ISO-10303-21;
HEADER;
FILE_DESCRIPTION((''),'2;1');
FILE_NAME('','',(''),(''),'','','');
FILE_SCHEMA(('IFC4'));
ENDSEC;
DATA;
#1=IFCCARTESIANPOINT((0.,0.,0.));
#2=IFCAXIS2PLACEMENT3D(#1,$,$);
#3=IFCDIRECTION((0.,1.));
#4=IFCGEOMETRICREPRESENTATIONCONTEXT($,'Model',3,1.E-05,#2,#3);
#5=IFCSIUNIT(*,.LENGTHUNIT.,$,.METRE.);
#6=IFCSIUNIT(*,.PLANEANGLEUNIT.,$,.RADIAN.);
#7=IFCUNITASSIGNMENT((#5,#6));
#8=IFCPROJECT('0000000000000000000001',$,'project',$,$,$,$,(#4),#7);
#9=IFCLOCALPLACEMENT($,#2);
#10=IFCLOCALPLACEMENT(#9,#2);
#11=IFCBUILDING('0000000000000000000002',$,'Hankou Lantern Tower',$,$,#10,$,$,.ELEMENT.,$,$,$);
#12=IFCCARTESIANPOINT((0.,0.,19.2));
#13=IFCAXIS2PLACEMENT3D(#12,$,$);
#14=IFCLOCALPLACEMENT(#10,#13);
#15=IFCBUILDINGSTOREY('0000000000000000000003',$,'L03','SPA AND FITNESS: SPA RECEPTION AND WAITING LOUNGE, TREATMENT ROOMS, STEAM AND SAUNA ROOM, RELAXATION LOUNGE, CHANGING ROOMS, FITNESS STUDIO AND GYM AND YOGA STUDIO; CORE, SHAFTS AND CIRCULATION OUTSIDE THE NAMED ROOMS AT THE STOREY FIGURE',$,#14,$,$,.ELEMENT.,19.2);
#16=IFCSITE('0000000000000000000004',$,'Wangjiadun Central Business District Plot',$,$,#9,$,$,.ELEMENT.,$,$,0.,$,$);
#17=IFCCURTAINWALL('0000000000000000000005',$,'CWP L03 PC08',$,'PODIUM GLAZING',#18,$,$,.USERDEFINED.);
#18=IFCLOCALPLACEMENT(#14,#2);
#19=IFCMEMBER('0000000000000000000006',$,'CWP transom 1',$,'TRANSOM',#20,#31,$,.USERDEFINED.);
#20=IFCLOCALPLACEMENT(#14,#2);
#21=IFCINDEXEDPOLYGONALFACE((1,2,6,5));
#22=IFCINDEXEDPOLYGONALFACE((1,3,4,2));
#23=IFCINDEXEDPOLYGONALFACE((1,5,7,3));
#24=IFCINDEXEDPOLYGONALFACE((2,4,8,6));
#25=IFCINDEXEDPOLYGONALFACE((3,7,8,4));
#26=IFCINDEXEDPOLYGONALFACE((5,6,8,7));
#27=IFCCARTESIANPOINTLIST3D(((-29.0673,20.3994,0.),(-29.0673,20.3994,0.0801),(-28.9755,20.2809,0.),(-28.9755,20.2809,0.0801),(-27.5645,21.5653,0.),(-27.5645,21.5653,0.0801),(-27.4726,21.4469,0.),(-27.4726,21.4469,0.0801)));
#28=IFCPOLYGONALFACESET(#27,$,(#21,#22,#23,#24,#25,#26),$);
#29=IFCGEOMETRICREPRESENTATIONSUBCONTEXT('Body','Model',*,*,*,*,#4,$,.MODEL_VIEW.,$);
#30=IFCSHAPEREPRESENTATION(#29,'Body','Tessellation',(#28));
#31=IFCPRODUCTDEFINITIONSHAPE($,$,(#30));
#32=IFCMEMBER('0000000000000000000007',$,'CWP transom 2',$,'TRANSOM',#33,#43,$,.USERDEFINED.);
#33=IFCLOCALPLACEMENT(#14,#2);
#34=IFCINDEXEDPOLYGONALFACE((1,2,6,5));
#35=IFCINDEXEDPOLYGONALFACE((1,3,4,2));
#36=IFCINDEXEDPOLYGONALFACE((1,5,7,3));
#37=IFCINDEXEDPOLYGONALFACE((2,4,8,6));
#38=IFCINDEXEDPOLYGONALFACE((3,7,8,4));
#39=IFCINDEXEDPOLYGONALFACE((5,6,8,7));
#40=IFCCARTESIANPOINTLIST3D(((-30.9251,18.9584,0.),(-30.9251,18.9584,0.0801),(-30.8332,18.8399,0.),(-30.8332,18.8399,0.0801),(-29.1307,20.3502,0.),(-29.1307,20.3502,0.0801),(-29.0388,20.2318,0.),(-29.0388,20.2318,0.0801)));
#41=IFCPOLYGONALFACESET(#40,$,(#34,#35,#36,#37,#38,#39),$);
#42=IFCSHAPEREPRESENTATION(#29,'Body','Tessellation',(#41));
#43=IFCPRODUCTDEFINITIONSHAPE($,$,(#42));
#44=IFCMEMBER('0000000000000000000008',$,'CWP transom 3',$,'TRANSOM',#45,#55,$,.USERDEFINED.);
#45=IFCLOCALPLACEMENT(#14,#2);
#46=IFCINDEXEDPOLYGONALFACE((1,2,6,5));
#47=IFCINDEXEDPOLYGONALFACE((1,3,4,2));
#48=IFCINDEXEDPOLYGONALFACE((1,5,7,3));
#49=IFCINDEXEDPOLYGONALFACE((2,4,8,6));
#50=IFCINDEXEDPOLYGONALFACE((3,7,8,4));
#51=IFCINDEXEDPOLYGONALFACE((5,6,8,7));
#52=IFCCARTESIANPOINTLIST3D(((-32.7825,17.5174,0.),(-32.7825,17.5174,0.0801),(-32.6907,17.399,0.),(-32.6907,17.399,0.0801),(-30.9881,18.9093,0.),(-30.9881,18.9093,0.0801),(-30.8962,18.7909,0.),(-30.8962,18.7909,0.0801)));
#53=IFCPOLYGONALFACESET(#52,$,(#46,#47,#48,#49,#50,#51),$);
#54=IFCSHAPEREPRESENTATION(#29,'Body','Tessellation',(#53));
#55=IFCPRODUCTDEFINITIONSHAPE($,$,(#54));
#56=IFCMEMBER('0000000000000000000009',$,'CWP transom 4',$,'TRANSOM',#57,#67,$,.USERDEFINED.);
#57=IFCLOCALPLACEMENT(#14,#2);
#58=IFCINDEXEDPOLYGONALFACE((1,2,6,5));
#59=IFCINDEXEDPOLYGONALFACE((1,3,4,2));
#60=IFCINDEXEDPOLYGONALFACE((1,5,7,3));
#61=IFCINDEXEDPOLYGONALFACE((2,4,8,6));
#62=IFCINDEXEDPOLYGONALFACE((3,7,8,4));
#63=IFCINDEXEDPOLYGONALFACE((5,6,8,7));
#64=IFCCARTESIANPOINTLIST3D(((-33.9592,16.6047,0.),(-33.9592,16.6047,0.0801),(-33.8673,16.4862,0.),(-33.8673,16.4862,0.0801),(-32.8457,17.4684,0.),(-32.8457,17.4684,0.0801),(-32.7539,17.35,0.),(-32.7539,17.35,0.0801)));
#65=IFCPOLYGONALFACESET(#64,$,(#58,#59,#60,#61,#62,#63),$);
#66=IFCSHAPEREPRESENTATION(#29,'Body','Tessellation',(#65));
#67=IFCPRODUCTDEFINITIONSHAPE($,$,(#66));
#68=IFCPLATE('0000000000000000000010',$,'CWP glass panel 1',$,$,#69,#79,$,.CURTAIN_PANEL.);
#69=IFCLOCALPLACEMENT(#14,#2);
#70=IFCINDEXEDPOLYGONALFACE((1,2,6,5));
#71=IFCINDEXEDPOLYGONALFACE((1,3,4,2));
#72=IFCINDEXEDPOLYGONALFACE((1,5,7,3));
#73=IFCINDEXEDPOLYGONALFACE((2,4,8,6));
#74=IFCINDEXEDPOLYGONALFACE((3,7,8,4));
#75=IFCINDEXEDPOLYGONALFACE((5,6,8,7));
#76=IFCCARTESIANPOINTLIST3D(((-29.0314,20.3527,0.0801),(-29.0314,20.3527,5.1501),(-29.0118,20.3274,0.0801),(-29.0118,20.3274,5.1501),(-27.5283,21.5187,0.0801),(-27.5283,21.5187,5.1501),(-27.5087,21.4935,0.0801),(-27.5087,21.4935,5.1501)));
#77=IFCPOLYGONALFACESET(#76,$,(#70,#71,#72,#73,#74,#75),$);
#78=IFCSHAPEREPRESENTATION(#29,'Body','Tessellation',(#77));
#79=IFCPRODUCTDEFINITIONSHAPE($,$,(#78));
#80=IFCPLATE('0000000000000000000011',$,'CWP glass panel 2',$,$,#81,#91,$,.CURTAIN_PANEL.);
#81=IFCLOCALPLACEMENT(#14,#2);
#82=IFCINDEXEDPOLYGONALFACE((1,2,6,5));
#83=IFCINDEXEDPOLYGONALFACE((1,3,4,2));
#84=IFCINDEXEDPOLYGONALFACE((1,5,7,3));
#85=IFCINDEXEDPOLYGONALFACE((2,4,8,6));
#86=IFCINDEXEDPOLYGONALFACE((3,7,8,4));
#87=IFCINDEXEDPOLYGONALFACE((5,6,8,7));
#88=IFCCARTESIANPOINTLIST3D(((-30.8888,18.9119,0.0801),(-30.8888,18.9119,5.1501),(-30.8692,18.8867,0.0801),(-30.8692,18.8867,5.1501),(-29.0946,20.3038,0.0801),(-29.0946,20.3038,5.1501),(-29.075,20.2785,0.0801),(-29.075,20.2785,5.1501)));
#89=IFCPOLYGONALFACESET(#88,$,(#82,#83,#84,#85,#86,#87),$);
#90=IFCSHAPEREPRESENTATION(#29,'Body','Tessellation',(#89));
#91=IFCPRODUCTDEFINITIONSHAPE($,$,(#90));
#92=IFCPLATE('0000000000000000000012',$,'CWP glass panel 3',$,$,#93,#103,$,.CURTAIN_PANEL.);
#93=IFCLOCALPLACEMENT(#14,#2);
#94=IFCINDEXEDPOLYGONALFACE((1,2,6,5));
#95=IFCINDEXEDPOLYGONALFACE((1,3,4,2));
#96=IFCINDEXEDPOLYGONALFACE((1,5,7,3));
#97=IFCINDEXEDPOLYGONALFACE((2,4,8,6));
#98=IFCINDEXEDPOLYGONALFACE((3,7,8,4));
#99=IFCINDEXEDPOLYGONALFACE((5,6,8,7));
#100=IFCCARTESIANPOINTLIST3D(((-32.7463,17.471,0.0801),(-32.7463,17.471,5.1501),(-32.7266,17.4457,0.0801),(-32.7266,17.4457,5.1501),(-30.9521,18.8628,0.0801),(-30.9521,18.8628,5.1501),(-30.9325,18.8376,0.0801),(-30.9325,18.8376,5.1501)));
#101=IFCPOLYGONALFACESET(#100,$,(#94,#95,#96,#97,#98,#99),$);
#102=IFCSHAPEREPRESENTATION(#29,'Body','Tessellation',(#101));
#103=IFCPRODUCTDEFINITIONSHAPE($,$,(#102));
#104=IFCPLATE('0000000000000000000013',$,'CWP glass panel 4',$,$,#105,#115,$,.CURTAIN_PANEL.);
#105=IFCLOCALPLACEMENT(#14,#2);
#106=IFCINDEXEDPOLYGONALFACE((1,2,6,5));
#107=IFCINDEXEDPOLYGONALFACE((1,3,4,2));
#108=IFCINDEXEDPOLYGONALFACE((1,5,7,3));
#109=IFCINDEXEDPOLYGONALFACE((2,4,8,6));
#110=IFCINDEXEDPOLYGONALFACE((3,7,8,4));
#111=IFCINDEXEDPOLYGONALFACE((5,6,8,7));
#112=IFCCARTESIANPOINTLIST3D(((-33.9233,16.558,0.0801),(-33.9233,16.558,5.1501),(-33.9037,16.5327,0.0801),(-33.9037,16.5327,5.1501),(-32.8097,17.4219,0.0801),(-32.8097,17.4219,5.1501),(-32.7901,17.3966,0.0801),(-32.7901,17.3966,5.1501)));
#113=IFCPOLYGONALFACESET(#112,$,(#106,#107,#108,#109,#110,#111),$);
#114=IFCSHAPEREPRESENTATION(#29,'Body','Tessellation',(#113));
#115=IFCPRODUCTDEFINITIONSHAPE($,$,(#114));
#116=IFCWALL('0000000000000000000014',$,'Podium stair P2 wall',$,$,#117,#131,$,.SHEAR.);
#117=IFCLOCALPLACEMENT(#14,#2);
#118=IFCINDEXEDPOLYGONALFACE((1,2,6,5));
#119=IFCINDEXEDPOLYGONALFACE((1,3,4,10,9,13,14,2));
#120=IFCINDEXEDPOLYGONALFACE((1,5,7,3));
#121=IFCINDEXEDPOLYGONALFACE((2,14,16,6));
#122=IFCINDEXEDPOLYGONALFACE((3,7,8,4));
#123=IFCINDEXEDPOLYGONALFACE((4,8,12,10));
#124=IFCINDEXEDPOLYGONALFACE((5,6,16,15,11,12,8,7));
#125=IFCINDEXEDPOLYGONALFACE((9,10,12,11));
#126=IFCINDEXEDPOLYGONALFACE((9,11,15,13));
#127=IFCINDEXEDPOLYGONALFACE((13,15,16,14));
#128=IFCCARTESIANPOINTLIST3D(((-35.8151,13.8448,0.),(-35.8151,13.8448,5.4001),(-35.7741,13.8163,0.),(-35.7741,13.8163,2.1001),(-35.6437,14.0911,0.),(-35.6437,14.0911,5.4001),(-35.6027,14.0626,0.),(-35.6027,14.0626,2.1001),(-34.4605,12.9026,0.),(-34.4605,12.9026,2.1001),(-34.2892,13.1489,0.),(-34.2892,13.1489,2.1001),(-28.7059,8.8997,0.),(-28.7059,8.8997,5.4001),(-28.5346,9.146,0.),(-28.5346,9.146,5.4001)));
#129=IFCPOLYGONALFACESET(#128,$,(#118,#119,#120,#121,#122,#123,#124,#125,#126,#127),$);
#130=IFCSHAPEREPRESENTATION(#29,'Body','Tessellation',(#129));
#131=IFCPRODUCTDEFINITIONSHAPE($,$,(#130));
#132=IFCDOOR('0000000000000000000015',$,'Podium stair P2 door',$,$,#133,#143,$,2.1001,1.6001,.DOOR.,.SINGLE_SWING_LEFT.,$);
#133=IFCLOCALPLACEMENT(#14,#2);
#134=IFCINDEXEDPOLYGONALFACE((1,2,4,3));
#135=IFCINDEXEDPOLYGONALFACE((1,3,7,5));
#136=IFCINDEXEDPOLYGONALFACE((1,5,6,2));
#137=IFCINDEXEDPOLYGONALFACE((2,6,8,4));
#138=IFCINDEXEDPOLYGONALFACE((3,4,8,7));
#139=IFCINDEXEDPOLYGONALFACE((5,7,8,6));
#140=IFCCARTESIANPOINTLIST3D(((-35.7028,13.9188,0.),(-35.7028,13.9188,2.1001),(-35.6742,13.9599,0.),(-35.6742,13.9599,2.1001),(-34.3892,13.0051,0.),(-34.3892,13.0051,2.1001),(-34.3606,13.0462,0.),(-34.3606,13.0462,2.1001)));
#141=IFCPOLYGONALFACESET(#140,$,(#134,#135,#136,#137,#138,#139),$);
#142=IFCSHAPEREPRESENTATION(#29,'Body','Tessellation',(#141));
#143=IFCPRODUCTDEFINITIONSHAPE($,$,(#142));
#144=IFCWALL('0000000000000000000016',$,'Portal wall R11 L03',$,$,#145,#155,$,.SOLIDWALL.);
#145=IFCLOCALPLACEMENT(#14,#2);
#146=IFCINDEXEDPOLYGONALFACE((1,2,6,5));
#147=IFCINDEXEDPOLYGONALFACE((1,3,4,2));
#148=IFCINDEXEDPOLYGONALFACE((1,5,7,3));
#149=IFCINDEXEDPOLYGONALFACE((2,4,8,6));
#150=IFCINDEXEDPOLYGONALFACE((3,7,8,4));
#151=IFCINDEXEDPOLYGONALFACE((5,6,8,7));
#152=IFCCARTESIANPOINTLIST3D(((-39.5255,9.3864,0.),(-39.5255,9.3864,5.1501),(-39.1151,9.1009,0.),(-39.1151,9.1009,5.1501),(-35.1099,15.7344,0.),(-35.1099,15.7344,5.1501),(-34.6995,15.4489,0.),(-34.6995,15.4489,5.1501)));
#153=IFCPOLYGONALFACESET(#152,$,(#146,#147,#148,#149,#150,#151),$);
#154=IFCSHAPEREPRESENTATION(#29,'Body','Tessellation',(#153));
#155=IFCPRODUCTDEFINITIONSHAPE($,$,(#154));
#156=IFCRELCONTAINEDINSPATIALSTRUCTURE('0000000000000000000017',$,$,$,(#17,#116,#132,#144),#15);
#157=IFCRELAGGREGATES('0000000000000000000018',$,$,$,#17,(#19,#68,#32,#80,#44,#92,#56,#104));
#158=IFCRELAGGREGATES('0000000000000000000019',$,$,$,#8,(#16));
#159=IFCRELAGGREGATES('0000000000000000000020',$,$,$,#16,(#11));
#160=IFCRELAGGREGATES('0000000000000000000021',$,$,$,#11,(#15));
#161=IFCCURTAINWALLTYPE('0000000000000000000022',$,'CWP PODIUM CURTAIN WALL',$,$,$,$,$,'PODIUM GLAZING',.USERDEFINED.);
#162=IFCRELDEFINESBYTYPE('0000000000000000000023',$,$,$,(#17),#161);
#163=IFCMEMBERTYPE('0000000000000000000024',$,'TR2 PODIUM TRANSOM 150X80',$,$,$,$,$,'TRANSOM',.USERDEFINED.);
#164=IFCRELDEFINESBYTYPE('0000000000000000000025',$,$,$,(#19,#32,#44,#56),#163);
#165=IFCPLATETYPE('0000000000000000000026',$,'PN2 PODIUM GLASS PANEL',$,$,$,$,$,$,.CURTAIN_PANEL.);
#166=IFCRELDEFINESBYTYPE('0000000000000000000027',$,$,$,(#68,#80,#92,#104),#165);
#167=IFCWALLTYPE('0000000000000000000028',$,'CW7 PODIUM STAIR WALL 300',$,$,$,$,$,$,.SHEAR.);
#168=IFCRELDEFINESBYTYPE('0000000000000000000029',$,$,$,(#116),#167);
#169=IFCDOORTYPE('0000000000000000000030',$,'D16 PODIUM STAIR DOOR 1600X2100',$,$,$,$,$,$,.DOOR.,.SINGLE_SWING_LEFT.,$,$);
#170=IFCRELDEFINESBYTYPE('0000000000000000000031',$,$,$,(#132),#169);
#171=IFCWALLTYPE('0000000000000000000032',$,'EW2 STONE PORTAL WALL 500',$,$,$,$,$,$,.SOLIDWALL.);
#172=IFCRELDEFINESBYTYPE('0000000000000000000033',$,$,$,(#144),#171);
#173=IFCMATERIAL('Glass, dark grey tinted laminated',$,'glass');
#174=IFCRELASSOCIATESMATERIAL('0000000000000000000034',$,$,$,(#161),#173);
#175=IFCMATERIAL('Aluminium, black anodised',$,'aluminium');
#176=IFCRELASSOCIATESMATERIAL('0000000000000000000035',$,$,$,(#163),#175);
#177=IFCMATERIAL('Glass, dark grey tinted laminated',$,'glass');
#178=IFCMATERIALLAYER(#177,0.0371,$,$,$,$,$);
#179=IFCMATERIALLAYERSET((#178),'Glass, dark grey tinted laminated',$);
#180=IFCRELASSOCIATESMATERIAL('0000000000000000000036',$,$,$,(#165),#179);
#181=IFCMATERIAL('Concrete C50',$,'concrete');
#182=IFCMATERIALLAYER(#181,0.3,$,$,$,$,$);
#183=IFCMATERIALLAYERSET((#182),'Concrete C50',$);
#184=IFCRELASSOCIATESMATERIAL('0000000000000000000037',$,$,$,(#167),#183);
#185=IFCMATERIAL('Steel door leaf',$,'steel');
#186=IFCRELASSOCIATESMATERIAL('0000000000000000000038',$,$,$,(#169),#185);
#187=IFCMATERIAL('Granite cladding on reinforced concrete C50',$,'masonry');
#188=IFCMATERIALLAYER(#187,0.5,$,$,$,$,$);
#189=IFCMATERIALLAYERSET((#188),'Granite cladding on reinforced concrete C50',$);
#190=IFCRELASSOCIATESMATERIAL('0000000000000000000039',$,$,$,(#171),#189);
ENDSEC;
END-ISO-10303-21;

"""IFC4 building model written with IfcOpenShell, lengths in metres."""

from ifc_helpers import new_model, si_unit, direction, frame, frame_2d, origin, origin_2d, place, context, subcontext, project, spatial, rectangle, extrude, material, layer, layer_set, material_profile, profile_set, type_object, element, fill, aggregate, save


model = new_model("IFC4")

# Units and contexts
model_context = context("Model", 3, precision=1e-05, world=origin(), true_north=direction((0.0, 1.0)))
body_context = subcontext(model_context, "Body", "Model", "MODEL_VIEW")
ifc_project = project(units=[si_unit("LENGTHUNIT", "METRE"), si_unit("PLANEANGLEUNIT", "RADIAN")], contexts=[model_context])

# Site, building, storey
site_placement = place(None, origin())
site = spatial("IfcSite", under=ifc_project, at=site_placement, Name="Wangjiadun Central Business District Plot", CompositionType="ELEMENT", RefElevation=0.0)
building_placement = place(site_placement, origin())
building = spatial("IfcBuilding", under=site, at=building_placement, Name="Hankou Lantern Tower", CompositionType="ELEMENT")
storey_placement = place(building_placement, frame((0.0, 0.0, 19.2)))
storey = spatial("IfcBuildingStorey", under=building, at=storey_placement, Name="L03", Description="SPA AND FITNESS: SPA RECEPTION AND WAITING LOUNGE, TREATMENT ROOMS, STEAM AND SAUNA ROOM, RELAXATION LOUNGE, CHANGING ROOMS, FITNESS STUDIO AND GYM AND YOGA STUDIO; CORE, SHAFTS AND CIRCULATION OUTSIDE THE NAMED ROOMS AT THE STOREY FIGURE", CompositionType="ELEMENT", Elevation=19.2)

# Curtain wall
ifc_material_1 = material(Name="Glass, dark grey tinted laminated", Category="glass")
curtain_wall_type = type_object("IfcCurtainWallType", Name="CWP PODIUM CURTAIN WALL", ElementType="PODIUM GLAZING", PredefinedType="USERDEFINED", material=ifc_material_1)
curtain_wall_placement = place(storey_placement, origin())
curtain_wall = element("IfcCurtainWall", 1, at=curtain_wall_placement, inside=storey, type_object=curtain_wall_type, Name="CWP L03 PC08", ObjectType="PODIUM GLAZING", PredefinedType="USERDEFINED")

# Members
ifc_material_2 = material(Name="Aluminium, black anodised", Category="aluminium")
ifc_material_profile_1 = material_profile(ifc_material_2, rectangle(XDim=0.1499, YDim=0.0801, at=origin_2d()), Name="TR2 150X80")
ifc_profile_set_1 = profile_set([ifc_material_profile_1], Name="Aluminium, black anodised")
member_type_1 = type_object("IfcMemberType", Name="TR2 PODIUM TRANSOM 150X80", ElementType="TRANSOM", PredefinedType="USERDEFINED", material=ifc_profile_set_1)
member_1_placement = place(storey_placement, frame((-27.5186, 21.5061, 0.04), z_axis=(-0.790098, -0.612981, 0.0), x_axis=(0.612981, -0.790098, 0.0)))
member_1 = element("IfcMember", 2, at=member_1_placement, type_object=member_type_1, Name="CWP transom 1", ObjectType="TRANSOM", PredefinedType="USERDEFINED", context=body_context, shape_type="SweptSolid", body=[
    extrude(rectangle(XDim=0.1499, YDim=0.0801, at=origin_2d()), origin(), (0.0, 0.0, 1.0), 1.9021),
])
member_2_placement = place(storey_placement, frame((-29.0847, 20.291, 0.04), z_axis=(-0.790168, -0.612891, 0.0), x_axis=(0.612891, -0.790168, 0.0)))
member_2 = element("IfcMember", 3, at=member_2_placement, type_object=member_type_1, Name="CWP transom 2", ObjectType="TRANSOM", PredefinedType="USERDEFINED", context=body_context, shape_type="SweptSolid", body=[
    extrude(rectangle(XDim=0.1499, YDim=0.0801, at=origin_2d()), origin(), (0.0, 0.0, 1.0), 2.271),
])
member_3_placement = place(storey_placement, frame((-30.9421, 18.8501, 0.04), z_axis=(-0.790168, -0.612891, 0.0), x_axis=(0.612891, -0.790168, 0.0)))
member_3 = element("IfcMember", 4, at=member_3_placement, type_object=member_type_1, Name="CWP transom 3", ObjectType="TRANSOM", PredefinedType="USERDEFINED", context=body_context, shape_type="SweptSolid", body=[
    extrude(rectangle(XDim=0.1499, YDim=0.0801, at=origin_2d()), origin(), (0.0, 0.0, 1.0), 2.271),
])
member_4_placement = place(storey_placement, frame((-32.7998, 17.4092, 0.04), z_axis=(-0.790144, -0.612921, 0.0), x_axis=(0.612921, -0.790144, 0.0)))
member_4 = element("IfcMember", 5, at=member_4_placement, type_object=member_type_1, Name="CWP transom 4", ObjectType="TRANSOM", PredefinedType="USERDEFINED", context=body_context, shape_type="SweptSolid", body=[
    extrude(rectangle(XDim=0.1499, YDim=0.0801, at=origin_2d()), origin(), (0.0, 0.0, 1.0), 1.4092),
])

# Plates
ifc_material_3 = material(Name="Glass, dark grey tinted laminated", Category="glass")
ifc_layer_1 = layer(ifc_material_3, 0.0371)
ifc_layer_set_1 = layer_set([ifc_layer_1], Name="Glass, dark grey tinted laminated")
plate_type = type_object("IfcPlateType", Name="PN2 PODIUM GLASS PANEL", PredefinedType="CURTAIN_PANEL", material=ifc_layer_set_1)
plate_1_placement = place(storey_placement, frame((-28.27, 20.9231, 0.0801), z_axis=(0.0, 0.0, 1.0), x_axis=(-0.79013, -0.61294, 0.0)))
plate_1 = element("IfcPlate", 6, at=plate_1_placement, type_object=plate_type, Name="CWP glass panel 1", PredefinedType="CURTAIN_PANEL", context=body_context, shape_type="SweptSolid", body=[
    extrude(rectangle(XDim=1.9023, YDim=0.032, at=origin_2d()), origin(), (0.0, 0.0, 1.0), 5.0701),
])
plate_2_placement = place(storey_placement, frame((-29.9819, 19.5952, 0.0801), z_axis=(0.0, 0.0, 1.0), x_axis=(-0.79013, -0.61294, 0.0)))
plate_2 = element("IfcPlate", 7, at=plate_2_placement, type_object=plate_type, Name="CWP glass panel 2", PredefinedType="CURTAIN_PANEL", context=body_context, shape_type="SweptSolid", body=[
    extrude(rectangle(XDim=2.2708, YDim=0.032, at=origin_2d()), origin(), (0.0, 0.0, 1.0), 5.0701),
])
plate_3_placement = place(storey_placement, frame((-31.8394, 18.1543, 0.0801), z_axis=(0.0, 0.0, 1.0), x_axis=(-0.79013, -0.61294, 0.0)))
plate_3 = element("IfcPlate", 8, at=plate_3_placement, type_object=plate_type, Name="CWP glass panel 3", PredefinedType="CURTAIN_PANEL", context=body_context, shape_type="SweptSolid", body=[
    extrude(rectangle(XDim=2.2708, YDim=0.032, at=origin_2d()), origin(), (0.0, 0.0, 1.0), 5.0701),
])
plate_4_placement = place(storey_placement, frame((-33.3567, 16.9773, 0.0801), z_axis=(0.0, 0.0, 1.0), x_axis=(-0.79013, -0.61294, 0.0)))
plate_4 = element("IfcPlate", 9, at=plate_4_placement, type_object=plate_type, Name="CWP glass panel 4", PredefinedType="CURTAIN_PANEL", context=body_context, shape_type="SweptSolid", body=[
    extrude(rectangle(XDim=1.4094, YDim=0.032, at=origin_2d()), origin(), (0.0, 0.0, 1.0), 5.0701),
])
aggregate(curtain_wall, [member_1, plate_1, member_2, plate_2, member_3, plate_3, member_4, plate_4])

# Wall, opening, door
ifc_material_4 = material(Name="Concrete C50", Category="concrete")
ifc_layer_2 = layer(ifc_material_4, 0.3)
ifc_layer_set_2 = layer_set([ifc_layer_2], Name="Concrete C50")
wall_type_1 = type_object("IfcWallType", Name="CW7 PODIUM STAIR WALL 300", PredefinedType="SHEAR", material=ifc_layer_set_2)
wall_1_placement = place(storey_placement, frame((-35.7295, 13.968, 0.0), z_axis=(0.0, 0.0, 1.0), x_axis=(0.820928, -0.571032, 0.0)))
wall_1 = element("IfcWall", 10, at=wall_1_placement, inside=storey, type_object=wall_type_1, Name="Podium stair P2 wall", PredefinedType="SHEAR", context=body_context, shape_type="SweptSolid", body=[
    extrude(rectangle(XDim=8.6599, YDim=0.3, at=frame_2d((4.3301, 0.0))), origin(), (0.0, 0.0, 1.0), 5.4001),
])
opening_placement = place(wall_1_placement, frame((0.05, 0.0, 0.0)))
opening = element("IfcOpeningElement", 11, at=opening_placement, cuts=wall_1, PredefinedType="OPENING", context=body_context, shape_type="SweptSolid", body=[
    extrude(rectangle(XDim=1.6001, YDim=2.1001, at=frame_2d((0.8, 1.05))), frame((0.0, 0.1599, 0.0), z_axis=(0.0, -1.0, 0.0), x_axis=(1.0, 0.0, 0.0)), (0.0, 0.0, 1.0), 0.3201),
])
ifc_material_5 = material(Name="Steel door leaf", Category="steel")
door_type = type_object("IfcDoorType", Name="D16 PODIUM STAIR DOOR 1600X2100", OperationType="SINGLE_SWING_LEFT", PredefinedType="DOOR", material=ifc_material_5)
door_placement = place(opening_placement, origin())
door = element("IfcDoor", 12, at=door_placement, inside=storey, type_object=door_type, Name="Podium stair P2 door", OperationType="SINGLE_SWING_LEFT", OverallHeight=2.1001, OverallWidth=1.6001, PredefinedType="DOOR", context=body_context, shape_type="SweptSolid", body=[
    extrude(rectangle(XDim=1.6001, YDim=2.1001, at=frame_2d((0.8, 1.05))), frame((0.0, 0.0249, 0.0), z_axis=(0.0, -1.0, 0.0), x_axis=(1.0, 0.0, 0.0)), (0.0, 0.0, 1.0), 0.05),
])
fill(opening, door)

# Wall
ifc_material_6 = material(Name="Granite cladding on reinforced concrete C50", Category="masonry")
ifc_layer_3 = layer(ifc_material_6, 0.5)
ifc_layer_set_3 = layer_set([ifc_layer_3], Name="Granite cladding on reinforced concrete C50")
wall_type_2 = type_object("IfcWallType", Name="EW2 STONE PORTAL WALL 500", PredefinedType="SOLIDWALL", material=ifc_layer_set_3)
wall_2_placement = place(storey_placement, frame((-34.9048, 15.5916, 0.0), z_axis=(0.0, 0.0, 1.0), x_axis=(-0.571029, -0.82093, 0.0)))
element("IfcWall", 13, at=wall_2_placement, inside=storey, type_object=wall_type_2, Name="Portal wall R11 L03", PredefinedType="SOLIDWALL", context=body_context, shape_type="SweptSolid", body=[
    extrude(rectangle(XDim=7.7327, YDim=0.5, at=frame_2d((3.8662, 0.0))), origin(), (0.0, 0.0, 1.0), 5.1501),
])

save(model, "model.ifc")
